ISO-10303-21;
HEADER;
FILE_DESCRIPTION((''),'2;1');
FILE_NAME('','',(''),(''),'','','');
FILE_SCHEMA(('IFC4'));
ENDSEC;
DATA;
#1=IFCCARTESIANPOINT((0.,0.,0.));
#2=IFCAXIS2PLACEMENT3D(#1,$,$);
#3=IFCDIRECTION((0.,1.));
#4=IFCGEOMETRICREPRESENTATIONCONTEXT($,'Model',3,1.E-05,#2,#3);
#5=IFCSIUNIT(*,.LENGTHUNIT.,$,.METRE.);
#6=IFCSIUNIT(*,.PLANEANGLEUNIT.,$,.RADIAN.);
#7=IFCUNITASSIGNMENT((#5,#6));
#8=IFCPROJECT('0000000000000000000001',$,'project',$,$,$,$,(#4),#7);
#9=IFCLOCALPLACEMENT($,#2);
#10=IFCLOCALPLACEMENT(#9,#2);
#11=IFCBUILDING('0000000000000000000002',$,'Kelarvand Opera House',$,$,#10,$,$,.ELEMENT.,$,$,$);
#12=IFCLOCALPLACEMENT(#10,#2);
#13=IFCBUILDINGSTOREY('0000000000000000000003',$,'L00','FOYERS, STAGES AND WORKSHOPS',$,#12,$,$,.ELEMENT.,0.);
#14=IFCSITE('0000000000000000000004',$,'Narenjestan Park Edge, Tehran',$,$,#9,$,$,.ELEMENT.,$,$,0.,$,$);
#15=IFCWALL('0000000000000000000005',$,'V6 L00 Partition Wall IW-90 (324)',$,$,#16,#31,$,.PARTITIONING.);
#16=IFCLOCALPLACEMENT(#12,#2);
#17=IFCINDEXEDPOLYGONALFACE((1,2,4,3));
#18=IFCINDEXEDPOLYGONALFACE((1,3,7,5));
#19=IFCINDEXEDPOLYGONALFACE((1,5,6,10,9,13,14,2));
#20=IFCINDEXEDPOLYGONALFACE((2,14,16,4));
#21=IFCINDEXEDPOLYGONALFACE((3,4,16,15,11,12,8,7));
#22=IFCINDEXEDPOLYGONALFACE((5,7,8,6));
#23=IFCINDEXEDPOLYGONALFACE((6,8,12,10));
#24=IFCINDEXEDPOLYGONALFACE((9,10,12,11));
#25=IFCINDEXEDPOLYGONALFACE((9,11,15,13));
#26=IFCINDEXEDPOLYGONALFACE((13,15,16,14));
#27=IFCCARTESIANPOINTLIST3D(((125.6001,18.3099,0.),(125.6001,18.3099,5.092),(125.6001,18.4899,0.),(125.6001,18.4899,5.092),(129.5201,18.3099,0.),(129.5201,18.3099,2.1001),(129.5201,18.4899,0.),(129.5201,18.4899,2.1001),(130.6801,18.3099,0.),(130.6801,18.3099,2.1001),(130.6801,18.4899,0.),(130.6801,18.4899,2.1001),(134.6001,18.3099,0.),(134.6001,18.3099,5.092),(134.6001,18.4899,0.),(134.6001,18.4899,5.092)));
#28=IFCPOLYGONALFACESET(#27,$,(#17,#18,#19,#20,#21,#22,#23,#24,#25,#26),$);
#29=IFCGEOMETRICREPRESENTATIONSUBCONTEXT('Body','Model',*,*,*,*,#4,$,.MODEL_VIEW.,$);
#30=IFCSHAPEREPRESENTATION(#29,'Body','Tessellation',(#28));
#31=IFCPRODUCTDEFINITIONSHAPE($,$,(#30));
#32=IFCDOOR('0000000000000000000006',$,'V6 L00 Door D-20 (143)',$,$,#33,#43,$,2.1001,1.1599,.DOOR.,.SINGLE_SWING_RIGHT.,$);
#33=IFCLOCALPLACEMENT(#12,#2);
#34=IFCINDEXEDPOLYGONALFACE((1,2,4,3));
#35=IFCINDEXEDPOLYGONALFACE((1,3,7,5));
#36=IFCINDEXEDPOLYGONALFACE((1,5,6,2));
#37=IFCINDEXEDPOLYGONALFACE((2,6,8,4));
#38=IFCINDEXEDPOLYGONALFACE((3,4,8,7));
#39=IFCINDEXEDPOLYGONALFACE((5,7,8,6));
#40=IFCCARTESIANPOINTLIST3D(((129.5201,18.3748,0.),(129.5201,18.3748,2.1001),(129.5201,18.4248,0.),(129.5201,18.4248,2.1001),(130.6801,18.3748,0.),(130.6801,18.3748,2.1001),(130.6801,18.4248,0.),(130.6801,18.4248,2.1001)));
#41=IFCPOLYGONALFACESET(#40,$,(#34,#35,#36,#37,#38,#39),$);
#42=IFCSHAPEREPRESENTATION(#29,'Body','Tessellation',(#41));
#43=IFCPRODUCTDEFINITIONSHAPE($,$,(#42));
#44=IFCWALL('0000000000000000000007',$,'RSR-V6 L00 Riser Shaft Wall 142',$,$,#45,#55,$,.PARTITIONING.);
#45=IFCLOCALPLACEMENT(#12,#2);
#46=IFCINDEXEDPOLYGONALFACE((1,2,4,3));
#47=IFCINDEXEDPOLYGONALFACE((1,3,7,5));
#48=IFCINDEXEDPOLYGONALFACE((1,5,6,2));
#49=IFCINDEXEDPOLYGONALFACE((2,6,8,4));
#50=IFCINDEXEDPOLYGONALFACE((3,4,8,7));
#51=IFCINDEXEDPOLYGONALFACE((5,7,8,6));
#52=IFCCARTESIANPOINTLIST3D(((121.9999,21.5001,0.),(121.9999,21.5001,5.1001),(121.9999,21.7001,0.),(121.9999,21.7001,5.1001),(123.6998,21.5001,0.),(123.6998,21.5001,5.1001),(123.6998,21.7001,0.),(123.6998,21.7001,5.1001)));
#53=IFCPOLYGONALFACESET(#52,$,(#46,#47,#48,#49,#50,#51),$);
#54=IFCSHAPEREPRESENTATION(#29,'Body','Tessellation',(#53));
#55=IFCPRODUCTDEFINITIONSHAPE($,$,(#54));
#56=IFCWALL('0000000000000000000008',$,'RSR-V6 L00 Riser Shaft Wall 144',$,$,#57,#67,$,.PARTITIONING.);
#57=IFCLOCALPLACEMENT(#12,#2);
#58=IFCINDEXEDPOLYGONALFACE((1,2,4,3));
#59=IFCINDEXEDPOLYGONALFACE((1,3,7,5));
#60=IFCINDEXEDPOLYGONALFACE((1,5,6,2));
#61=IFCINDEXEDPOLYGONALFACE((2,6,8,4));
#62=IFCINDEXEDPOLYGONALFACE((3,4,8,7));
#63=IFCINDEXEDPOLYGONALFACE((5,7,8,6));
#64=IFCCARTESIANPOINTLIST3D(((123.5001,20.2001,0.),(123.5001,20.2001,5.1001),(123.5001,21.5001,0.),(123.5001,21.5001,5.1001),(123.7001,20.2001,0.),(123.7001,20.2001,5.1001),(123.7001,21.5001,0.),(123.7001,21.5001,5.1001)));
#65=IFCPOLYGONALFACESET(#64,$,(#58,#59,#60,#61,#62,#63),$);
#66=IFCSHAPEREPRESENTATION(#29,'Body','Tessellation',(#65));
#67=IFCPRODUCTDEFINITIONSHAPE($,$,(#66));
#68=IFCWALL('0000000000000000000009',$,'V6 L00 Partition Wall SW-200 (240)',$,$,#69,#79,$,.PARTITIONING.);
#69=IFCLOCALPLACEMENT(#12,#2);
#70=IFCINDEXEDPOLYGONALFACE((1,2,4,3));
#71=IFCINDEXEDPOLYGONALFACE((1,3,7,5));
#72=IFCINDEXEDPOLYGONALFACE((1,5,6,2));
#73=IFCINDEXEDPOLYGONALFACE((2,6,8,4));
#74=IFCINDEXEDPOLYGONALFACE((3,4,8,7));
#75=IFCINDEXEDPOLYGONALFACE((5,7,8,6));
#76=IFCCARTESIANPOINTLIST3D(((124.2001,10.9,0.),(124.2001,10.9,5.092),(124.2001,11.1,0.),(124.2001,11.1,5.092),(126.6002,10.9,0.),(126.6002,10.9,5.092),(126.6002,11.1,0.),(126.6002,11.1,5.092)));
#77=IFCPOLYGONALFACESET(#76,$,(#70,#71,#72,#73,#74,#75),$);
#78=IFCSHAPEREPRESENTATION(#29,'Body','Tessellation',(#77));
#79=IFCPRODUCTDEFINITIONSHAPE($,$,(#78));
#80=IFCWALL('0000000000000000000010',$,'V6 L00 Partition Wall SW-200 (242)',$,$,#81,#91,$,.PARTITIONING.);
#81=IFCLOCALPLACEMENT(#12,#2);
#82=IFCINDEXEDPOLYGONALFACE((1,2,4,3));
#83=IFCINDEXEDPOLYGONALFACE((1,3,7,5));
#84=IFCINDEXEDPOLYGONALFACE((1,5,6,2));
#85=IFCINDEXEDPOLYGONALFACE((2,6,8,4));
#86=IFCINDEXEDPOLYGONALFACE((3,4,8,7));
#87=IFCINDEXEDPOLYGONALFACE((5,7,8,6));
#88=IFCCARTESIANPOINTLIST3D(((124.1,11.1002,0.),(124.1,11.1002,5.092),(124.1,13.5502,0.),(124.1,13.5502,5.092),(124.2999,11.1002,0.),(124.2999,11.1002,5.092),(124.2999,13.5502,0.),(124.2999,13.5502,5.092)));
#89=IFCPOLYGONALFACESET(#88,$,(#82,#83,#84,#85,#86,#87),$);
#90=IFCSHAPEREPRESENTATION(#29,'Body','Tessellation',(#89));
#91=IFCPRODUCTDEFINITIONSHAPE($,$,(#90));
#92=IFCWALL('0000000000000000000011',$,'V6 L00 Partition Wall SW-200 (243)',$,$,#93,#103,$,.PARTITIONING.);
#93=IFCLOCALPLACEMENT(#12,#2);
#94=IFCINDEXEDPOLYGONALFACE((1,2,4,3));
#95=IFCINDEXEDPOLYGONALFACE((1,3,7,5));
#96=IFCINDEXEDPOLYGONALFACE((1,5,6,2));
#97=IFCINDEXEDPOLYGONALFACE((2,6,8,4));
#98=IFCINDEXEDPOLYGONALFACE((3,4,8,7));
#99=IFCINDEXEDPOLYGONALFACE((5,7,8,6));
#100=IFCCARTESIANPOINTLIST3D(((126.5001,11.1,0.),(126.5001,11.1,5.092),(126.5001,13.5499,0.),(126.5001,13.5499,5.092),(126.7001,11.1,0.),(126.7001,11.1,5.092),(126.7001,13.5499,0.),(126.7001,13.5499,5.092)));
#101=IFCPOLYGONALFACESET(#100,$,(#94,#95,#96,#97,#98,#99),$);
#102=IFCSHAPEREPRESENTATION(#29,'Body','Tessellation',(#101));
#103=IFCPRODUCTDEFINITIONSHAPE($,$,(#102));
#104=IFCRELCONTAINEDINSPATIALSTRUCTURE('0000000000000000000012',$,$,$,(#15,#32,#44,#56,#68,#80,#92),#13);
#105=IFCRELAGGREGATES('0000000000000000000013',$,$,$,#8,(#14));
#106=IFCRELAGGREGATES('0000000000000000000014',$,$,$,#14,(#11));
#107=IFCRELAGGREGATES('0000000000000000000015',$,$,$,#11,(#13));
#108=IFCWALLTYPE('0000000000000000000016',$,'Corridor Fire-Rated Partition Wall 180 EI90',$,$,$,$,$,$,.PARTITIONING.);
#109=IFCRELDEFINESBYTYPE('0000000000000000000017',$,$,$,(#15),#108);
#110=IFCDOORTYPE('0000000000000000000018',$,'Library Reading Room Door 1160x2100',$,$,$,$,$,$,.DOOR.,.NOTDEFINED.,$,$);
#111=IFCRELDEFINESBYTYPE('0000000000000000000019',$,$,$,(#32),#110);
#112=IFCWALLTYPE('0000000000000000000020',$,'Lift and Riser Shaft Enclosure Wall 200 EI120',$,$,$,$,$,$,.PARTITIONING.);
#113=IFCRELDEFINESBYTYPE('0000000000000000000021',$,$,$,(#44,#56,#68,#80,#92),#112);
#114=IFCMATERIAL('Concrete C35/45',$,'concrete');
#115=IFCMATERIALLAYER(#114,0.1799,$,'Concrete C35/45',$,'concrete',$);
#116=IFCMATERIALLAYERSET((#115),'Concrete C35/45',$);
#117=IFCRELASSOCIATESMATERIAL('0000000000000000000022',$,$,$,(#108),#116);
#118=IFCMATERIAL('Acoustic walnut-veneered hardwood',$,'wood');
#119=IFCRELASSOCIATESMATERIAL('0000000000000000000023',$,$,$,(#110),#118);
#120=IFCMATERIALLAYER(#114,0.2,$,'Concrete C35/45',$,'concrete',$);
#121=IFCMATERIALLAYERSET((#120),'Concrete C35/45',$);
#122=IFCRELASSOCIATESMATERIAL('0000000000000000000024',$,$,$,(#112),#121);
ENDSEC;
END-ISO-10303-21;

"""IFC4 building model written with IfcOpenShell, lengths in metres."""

from ifc_helpers import new_model, si_unit, direction, frame, frame_2d, origin, place, context, subcontext, project, spatial, rectangle, extrude, material, layer, layer_set, type_object, element, fill, save


model = new_model("IFC4")

# Units and contexts
model_context = context("Model", 3, precision=1e-05, world=origin(), true_north=direction((0.0, 1.0)))
body_context = subcontext(model_context, "Body", "Model", "MODEL_VIEW")
ifc_project = project(units=[si_unit("LENGTHUNIT", "METRE"), si_unit("PLANEANGLEUNIT", "RADIAN")], contexts=[model_context])

# Site, building, storey
site_placement = place(None, origin())
site = spatial("IfcSite", under=ifc_project, at=site_placement, Name="Narenjestan Park Edge, Tehran", CompositionType="ELEMENT", RefElevation=0.0)
building_placement = place(site_placement, origin())
building = spatial("IfcBuilding", under=site, at=building_placement, Name="Kelarvand Opera House", CompositionType="ELEMENT")
storey_placement = place(building_placement, origin())
storey = spatial("IfcBuildingStorey", under=building, at=storey_placement, Name="L00", Description="FOYERS, STAGES AND WORKSHOPS", CompositionType="ELEMENT", Elevation=0.0)

# Shared definitions
ifc_material_1 = material(Name="Concrete C35/45", Category="concrete")

# Wall, opening, door
ifc_layer_1 = layer(ifc_material_1, 0.1799, Name="Concrete C35/45", Category="concrete")
ifc_layer_set_1 = layer_set([ifc_layer_1], Name="Concrete C35/45")
wall_type_1 = type_object("IfcWallType", Name="Corridor Fire-Rated Partition Wall 180 EI90", PredefinedType="PARTITIONING", material=ifc_layer_set_1)
wall_1_placement = place(storey_placement, frame((125.6001, 18.3999, 0.0), z_axis=(0.0, 0.0, 1.0), x_axis=(1.0, 0.0, 0.0)))
wall_1 = element("IfcWall", 1, at=wall_1_placement, inside=storey, type_object=wall_type_1, Name="V6 L00 Partition Wall IW-90 (324)", PredefinedType="PARTITIONING", context=body_context, shape_type="SweptSolid", body=[
    extrude(rectangle(XDim=9.0, YDim=0.1799, at=frame_2d((4.5, 0.0))), origin(), (0.0, 0.0, 1.0), 5.092),
])
opening_1_placement = place(wall_1_placement, frame((3.9199, 0.0, 0.0)))
opening_1 = element("IfcOpeningElement", 2, at=opening_1_placement, cuts=wall_1, PredefinedType="OPENING", context=body_context, shape_type="SweptSolid", body=[
    extrude(rectangle(XDim=1.1599, YDim=2.1001, at=frame_2d((0.5801, 1.05))), frame((0.0, 0.1001, 0.0), z_axis=(0.0, -1.0, 0.0), x_axis=(1.0, 0.0, 0.0)), (0.0, 0.0, 1.0), 0.2),
])
ifc_material_2 = material(Name="Acoustic walnut-veneered hardwood", Category="wood")
door_type_1 = type_object("IfcDoorType", Name="Library Reading Room Door 1160x2100", OperationType="NOTDEFINED", PredefinedType="DOOR", material=ifc_material_2)
door_1_placement = place(opening_1_placement, origin())
door_1 = element("IfcDoor", 3, at=door_1_placement, inside=storey, type_object=door_type_1, Name="V6 L00 Door D-20 (143)", OperationType="SINGLE_SWING_RIGHT", OverallHeight=2.1001, OverallWidth=1.1599, PredefinedType="DOOR", context=body_context, shape_type="SweptSolid", body=[
    extrude(rectangle(XDim=1.1599, YDim=2.1001, at=frame_2d((0.5801, 1.05))), frame((0.0, 0.0249, 0.0), z_axis=(0.0, -1.0, 0.0), x_axis=(1.0, 0.0, 0.0)), (0.0, 0.0, 1.0), 0.05),
])
fill(opening_1, door_1)

# Walls
ifc_layer_2 = layer(ifc_material_1, 0.2, Name="Concrete C35/45", Category="concrete")
ifc_layer_set_2 = layer_set([ifc_layer_2], Name="Concrete C35/45")
wall_type_2 = type_object("IfcWallType", Name="Lift and Riser Shaft Enclosure Wall 200 EI120", PredefinedType="PARTITIONING", material=ifc_layer_set_2)
wall_2_placement = place(storey_placement, frame((123.7, 21.6001, 0.0), z_axis=(0.0, 0.0, 1.0), x_axis=(-1.0, 0.0, 0.0)))
element("IfcWall", 4, at=wall_2_placement, inside=storey, type_object=wall_type_2, Name="RSR-V6 L00 Riser Shaft Wall 142", PredefinedType="PARTITIONING", context=body_context, shape_type="SweptSolid", body=[
    extrude(rectangle(XDim=1.7, YDim=0.2, at=frame_2d((0.8501, 0.0))), origin(), (0.0, 0.0, 1.0), 5.1001),
])
wall_3_placement = place(storey_placement, frame((123.6001, 21.5, 0.0), z_axis=(0.0, 0.0, 1.0), x_axis=(0.0, -1.0, 0.0)))
element("IfcWall", 5, at=wall_3_placement, inside=storey, type_object=wall_type_2, Name="RSR-V6 L00 Riser Shaft Wall 144", PredefinedType="PARTITIONING", context=body_context, shape_type="SweptSolid", body=[
    extrude(rectangle(XDim=1.3, YDim=0.2, at=frame_2d((0.6499, 0.0))), origin(), (0.0, 0.0, 1.0), 5.1001),
])
wall_4_placement = place(storey_placement, frame((124.2, 11.0, 0.0), z_axis=(0.0, 0.0, 1.0), x_axis=(1.0, 0.0, 0.0)))
element("IfcWall", 6, at=wall_4_placement, inside=storey, type_object=wall_type_2, Name="V6 L00 Partition Wall SW-200 (240)", PredefinedType="PARTITIONING", context=body_context, shape_type="SweptSolid", body=[
    extrude(rectangle(XDim=2.4001, YDim=0.2, at=frame_2d((1.2002, 0.0))), origin(), (0.0, 0.0, 1.0), 5.092),
])

# Walls
for number, where, z_axis, x_axis, name in (
    (7, (124.2, 11.1001, 0.0), (0.0, 0.0, 1.0), (0.0, 1.0, 0.0), "V6 L00 Partition Wall SW-200 (242)"),
    (8, (126.6001, 13.55, 0.0), (0.0, 0.0, 1.0), (0.0, -1.0, 0.0), "V6 L00 Partition Wall SW-200 (243)"),
):
    element("IfcWall", number, at=place(storey_placement, frame(where, z_axis=z_axis, x_axis=x_axis)), inside=storey, type_object=wall_type_2, Name=name, PredefinedType="PARTITIONING", context=body_context, shape_type="SweptSolid", body=[
        extrude(rectangle(XDim=2.45, YDim=0.2, at=frame_2d((1.2251, 0.0))), origin(), (0.0, 0.0, 1.0), 5.092),
    ])

save(model, "model.ifc")
